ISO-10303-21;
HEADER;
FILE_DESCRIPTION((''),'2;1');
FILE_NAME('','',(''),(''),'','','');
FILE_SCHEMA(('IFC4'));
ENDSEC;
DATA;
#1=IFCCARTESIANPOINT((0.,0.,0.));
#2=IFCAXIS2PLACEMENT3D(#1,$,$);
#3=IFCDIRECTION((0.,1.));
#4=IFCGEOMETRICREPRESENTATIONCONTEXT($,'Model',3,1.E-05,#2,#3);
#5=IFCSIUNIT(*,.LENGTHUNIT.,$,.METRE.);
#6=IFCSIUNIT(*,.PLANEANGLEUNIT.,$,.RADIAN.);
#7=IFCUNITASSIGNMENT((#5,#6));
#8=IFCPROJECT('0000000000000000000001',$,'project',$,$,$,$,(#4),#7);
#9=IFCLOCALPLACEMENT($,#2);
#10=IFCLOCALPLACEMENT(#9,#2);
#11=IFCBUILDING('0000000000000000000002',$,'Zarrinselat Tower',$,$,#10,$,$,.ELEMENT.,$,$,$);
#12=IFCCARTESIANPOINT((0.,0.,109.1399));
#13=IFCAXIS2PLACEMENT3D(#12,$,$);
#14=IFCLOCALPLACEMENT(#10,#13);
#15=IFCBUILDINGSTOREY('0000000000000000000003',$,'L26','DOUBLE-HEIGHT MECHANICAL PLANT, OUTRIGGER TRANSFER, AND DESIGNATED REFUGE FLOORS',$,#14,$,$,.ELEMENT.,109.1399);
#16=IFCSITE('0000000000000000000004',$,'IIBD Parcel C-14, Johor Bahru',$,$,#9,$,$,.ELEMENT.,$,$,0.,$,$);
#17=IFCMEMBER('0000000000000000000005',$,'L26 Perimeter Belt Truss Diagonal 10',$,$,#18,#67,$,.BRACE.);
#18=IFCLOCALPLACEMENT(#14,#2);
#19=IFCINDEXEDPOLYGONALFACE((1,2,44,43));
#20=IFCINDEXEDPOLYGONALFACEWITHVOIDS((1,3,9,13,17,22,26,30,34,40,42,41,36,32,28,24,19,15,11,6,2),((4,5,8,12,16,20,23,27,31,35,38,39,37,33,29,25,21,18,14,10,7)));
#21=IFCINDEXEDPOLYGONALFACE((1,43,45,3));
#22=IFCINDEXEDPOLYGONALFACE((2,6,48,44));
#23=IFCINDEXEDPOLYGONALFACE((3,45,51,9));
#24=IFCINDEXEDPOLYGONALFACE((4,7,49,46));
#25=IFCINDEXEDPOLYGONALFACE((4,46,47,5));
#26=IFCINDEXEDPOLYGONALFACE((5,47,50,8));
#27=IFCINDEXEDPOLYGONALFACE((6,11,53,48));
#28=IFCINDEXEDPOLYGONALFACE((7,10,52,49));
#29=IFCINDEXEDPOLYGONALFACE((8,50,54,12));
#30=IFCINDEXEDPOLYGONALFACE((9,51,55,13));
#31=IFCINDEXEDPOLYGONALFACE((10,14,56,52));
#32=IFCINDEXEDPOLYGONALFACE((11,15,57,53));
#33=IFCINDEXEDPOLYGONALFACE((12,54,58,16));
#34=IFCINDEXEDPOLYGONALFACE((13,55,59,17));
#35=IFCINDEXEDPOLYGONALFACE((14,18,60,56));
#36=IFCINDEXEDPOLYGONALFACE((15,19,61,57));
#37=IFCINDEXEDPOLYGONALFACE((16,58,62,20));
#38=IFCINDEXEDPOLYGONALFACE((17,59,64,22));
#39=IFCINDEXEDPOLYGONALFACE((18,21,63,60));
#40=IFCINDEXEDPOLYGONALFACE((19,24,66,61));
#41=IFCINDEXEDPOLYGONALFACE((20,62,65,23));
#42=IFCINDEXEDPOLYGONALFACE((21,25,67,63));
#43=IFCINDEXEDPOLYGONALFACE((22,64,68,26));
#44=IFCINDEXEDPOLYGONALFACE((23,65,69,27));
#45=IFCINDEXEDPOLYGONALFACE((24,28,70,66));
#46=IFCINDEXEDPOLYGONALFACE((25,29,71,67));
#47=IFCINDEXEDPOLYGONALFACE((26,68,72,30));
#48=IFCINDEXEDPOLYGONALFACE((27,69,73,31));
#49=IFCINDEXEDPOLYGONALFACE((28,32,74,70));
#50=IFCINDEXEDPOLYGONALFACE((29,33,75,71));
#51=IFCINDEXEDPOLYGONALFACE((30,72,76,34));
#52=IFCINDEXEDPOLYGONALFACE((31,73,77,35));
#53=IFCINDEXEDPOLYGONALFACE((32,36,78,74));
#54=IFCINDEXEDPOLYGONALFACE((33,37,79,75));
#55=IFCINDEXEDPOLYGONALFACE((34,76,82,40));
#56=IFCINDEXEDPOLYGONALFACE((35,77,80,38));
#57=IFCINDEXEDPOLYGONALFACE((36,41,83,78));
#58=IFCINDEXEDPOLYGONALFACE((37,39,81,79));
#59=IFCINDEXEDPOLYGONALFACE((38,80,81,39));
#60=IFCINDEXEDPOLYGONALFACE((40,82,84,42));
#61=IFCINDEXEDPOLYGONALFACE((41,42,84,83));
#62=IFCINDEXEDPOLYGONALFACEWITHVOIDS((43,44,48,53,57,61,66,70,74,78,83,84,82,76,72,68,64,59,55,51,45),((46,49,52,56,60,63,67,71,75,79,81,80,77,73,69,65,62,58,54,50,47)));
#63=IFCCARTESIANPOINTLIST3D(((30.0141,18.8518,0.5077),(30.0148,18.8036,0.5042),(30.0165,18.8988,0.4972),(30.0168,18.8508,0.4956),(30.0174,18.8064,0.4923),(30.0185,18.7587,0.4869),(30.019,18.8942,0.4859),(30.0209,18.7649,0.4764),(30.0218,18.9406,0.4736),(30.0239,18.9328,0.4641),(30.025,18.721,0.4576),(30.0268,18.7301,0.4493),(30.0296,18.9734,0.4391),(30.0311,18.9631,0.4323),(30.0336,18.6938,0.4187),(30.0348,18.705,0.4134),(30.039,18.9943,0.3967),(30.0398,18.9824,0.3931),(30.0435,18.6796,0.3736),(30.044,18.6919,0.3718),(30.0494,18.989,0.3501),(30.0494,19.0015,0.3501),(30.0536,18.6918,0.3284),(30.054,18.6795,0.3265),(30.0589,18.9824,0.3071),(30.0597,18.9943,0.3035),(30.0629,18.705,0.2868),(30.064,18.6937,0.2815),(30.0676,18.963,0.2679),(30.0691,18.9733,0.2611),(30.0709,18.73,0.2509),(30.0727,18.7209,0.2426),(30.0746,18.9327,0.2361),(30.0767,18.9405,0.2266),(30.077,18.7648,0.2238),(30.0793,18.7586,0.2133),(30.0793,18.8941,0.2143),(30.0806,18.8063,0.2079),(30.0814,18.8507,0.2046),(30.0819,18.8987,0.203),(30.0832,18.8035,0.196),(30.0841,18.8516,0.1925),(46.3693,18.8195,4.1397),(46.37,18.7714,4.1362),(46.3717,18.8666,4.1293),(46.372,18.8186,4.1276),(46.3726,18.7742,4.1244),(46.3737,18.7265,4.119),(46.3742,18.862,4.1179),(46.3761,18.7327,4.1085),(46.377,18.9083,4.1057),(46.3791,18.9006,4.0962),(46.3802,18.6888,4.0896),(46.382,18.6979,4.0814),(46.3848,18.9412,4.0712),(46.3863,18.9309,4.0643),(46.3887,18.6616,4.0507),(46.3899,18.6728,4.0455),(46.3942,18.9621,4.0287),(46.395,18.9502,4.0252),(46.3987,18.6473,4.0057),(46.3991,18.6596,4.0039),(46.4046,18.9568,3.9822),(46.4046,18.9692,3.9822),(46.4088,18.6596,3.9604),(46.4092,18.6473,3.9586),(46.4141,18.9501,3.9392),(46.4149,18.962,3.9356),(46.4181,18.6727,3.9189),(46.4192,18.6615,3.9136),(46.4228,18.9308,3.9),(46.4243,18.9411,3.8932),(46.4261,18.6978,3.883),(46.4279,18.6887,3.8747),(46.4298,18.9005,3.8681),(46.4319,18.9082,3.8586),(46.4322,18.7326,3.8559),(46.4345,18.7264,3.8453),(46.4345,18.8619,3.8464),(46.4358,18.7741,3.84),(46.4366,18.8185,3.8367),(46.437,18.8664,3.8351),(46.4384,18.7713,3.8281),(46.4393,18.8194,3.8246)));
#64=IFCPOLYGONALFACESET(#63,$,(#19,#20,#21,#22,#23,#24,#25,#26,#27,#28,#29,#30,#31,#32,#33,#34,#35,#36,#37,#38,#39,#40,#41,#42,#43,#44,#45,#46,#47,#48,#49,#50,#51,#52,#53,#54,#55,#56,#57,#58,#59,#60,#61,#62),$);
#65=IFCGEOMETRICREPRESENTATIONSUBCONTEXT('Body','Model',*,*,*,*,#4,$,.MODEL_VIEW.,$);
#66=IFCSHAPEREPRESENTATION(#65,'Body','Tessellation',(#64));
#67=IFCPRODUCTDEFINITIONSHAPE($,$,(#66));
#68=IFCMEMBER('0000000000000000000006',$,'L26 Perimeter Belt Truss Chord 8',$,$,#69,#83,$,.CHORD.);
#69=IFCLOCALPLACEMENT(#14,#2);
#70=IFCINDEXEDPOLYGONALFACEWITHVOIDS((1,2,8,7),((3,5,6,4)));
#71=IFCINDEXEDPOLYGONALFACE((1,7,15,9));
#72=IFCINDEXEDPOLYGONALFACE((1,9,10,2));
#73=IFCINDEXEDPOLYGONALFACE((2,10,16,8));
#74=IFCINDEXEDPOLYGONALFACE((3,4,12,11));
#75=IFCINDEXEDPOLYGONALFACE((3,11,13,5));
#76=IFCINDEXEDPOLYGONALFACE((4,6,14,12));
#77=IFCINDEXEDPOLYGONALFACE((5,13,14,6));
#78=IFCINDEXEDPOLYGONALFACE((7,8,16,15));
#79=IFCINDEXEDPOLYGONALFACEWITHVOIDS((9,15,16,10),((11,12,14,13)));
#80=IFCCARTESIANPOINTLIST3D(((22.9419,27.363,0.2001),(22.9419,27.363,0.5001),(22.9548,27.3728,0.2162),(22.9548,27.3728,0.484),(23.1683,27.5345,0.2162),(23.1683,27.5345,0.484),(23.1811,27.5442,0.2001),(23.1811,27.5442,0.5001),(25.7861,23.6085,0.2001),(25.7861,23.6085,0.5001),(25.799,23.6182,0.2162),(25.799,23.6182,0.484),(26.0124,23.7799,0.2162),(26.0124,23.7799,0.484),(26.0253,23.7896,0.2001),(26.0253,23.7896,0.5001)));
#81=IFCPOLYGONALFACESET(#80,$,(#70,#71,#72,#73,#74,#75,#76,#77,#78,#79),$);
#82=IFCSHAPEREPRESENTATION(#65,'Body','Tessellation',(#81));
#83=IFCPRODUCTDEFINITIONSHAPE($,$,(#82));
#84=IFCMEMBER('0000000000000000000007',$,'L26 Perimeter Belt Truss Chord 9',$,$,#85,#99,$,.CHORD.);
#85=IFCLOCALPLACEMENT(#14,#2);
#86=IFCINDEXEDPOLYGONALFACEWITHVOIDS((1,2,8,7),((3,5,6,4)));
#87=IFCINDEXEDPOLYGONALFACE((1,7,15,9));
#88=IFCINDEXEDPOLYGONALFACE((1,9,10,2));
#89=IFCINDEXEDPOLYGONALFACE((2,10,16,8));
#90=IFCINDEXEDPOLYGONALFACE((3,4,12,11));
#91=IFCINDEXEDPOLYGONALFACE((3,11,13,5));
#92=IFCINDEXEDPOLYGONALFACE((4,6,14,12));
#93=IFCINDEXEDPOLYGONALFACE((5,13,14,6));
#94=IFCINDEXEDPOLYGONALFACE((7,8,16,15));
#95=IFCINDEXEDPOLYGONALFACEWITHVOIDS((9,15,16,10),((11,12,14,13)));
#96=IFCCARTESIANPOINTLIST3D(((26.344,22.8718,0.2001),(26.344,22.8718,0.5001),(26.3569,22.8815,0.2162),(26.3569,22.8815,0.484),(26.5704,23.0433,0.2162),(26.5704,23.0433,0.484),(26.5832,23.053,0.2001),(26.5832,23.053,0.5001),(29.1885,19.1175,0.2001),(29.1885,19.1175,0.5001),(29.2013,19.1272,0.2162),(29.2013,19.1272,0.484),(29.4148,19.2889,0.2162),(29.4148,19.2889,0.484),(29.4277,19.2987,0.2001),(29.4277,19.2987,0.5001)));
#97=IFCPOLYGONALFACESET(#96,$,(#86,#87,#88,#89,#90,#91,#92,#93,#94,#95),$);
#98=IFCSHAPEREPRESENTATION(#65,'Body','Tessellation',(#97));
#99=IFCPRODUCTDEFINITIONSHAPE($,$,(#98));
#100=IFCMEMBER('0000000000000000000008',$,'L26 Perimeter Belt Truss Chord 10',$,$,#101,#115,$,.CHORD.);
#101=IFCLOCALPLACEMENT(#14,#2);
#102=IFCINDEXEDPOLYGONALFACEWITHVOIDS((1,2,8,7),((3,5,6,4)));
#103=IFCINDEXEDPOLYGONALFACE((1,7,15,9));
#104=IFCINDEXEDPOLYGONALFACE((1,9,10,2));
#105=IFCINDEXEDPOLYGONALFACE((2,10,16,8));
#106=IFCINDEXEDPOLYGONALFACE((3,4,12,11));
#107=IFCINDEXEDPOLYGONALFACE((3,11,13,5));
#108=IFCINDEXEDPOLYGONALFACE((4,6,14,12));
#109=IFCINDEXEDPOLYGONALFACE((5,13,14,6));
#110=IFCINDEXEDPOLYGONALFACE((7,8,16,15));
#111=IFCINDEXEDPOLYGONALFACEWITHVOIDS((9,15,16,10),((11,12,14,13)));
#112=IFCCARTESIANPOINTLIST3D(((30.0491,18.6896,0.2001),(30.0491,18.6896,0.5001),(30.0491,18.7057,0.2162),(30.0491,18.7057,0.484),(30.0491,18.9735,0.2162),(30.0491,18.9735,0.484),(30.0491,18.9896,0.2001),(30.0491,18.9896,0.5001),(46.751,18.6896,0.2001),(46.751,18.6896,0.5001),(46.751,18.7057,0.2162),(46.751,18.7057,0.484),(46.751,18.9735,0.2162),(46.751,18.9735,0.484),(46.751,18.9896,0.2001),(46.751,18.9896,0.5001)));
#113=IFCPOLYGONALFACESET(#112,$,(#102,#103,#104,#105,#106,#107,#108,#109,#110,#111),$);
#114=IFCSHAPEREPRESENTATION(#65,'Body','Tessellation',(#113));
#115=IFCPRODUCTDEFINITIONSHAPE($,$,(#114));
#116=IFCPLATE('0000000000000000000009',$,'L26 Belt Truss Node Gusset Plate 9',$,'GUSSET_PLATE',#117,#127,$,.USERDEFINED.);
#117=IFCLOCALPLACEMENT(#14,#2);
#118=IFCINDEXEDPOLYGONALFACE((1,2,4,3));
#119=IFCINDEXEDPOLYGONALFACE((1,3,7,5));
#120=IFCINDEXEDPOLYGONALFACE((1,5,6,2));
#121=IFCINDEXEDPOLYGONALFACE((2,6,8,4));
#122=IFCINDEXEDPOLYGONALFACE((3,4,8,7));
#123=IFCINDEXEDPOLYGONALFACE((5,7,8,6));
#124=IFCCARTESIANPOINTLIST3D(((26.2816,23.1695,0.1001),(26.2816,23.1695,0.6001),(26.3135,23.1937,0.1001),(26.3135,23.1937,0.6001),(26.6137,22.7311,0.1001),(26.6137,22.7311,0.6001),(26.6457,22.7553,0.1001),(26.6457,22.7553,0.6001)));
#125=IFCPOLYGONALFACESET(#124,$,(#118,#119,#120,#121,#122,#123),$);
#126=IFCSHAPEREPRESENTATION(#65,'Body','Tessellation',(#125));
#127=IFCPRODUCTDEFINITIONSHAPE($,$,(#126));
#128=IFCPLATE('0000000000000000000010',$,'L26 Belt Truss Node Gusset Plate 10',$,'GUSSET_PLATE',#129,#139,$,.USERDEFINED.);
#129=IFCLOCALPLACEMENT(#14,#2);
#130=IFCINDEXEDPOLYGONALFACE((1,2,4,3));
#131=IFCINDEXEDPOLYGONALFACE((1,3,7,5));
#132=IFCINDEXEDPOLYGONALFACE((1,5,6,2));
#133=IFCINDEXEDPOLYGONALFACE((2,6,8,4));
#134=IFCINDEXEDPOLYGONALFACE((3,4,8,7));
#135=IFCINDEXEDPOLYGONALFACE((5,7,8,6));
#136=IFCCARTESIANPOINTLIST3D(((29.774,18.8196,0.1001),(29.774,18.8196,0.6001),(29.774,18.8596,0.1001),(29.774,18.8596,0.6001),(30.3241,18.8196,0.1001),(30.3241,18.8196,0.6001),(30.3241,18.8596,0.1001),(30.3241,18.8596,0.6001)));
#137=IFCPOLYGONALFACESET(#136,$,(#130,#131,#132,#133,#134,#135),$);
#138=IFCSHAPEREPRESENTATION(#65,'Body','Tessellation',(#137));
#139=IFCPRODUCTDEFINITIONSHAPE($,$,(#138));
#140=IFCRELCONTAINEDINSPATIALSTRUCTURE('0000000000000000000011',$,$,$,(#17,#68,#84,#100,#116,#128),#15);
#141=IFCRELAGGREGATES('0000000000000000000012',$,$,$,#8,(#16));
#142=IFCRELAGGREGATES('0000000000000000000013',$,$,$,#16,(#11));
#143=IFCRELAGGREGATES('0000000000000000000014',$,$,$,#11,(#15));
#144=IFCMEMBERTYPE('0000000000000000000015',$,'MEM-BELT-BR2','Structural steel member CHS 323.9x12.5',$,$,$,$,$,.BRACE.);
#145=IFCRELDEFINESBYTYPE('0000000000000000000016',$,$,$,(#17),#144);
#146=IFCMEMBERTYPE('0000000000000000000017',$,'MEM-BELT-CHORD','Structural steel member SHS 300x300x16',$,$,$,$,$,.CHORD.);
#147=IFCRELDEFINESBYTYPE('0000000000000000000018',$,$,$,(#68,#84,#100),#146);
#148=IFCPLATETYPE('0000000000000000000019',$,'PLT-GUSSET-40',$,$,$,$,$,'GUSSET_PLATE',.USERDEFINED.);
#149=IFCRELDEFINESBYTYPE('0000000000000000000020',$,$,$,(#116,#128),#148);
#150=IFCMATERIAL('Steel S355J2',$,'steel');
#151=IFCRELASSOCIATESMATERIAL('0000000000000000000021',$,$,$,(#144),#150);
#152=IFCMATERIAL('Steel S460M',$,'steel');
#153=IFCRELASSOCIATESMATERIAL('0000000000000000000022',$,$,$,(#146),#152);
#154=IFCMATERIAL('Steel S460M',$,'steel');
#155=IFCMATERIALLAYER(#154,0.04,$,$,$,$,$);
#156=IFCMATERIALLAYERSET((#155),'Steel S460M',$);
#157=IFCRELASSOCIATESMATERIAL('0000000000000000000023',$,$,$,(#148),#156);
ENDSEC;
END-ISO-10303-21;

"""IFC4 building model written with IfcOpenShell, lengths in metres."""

from ifc_helpers import new_model, si_unit, direction, frame, origin, origin_2d, place, context, subcontext, project, spatial, rectangle, hollow_rectangle, hollow_circle, extrude, material, layer, layer_set, material_profile, profile_set, type_object, element, save


model = new_model("IFC4")

# Units and contexts
model_context = context("Model", 3, precision=1e-05, world=origin(), true_north=direction((0.0, 1.0)))
body_context = subcontext(model_context, "Body", "Model", "MODEL_VIEW")
ifc_project = project(units=[si_unit("LENGTHUNIT", "METRE"), si_unit("PLANEANGLEUNIT", "RADIAN")], contexts=[model_context])

# Site, building, storey
site_placement = place(None, origin())
site = spatial("IfcSite", under=ifc_project, at=site_placement, Name="IIBD Parcel C-14, Johor Bahru", CompositionType="ELEMENT", RefElevation=0.0)
building_placement = place(site_placement, origin())
building = spatial("IfcBuilding", under=site, at=building_placement, Name="Zarrinselat Tower", CompositionType="ELEMENT")
storey_placement = place(building_placement, frame((0.0, 0.0, 109.1399)))
storey = spatial("IfcBuildingStorey", under=building, at=storey_placement, Name="L26", Description="DOUBLE-HEIGHT MECHANICAL PLANT, OUTRIGGER TRANSFER, AND DESIGNATED REFUGE FLOORS", CompositionType="ELEMENT", Elevation=109.1399)

# Members
ifc_material_1 = material(Name="Steel S355J2", Category="steel")
ifc_material_profile_1 = material_profile(ifc_material_1, hollow_circle(Radius=0.1619, WallThickness=0.0125, at=origin_2d()), Name="CHS 323.9x12.5")
ifc_profile_set_1 = profile_set([ifc_material_profile_1], Name="Steel S355J2")
member_type_1 = type_object("IfcMemberType", Name="MEM-BELT-BR2", Description="Structural steel member CHS 323.9x12.5", PredefinedType="BRACE", material=ifc_profile_set_1)
member_1_placement = place(storey_placement, frame((30.0491, 18.8396, 0.3501), z_axis=(0.976216, -0.001924, 0.216793), x_axis=(0.00197, 0.999998, 0.0)))
element("IfcMember", 1, at=member_1_placement, inside=storey, type_object=member_type_1, Name="L26 Perimeter Belt Truss Diagonal 10", PredefinedType="BRACE", context=body_context, shape_type="SweptSolid", body=[
    extrude(hollow_circle(Radius=0.1619, WallThickness=0.0125, at=origin_2d()), origin(), (0.0, 0.0, 1.0), 16.7537),
])
ifc_material_2 = material(Name="Steel S460M", Category="steel")
ifc_material_profile_2 = material_profile(ifc_material_2, hollow_rectangle(XDim=0.3, YDim=0.3, WallThickness=0.0161, at=origin_2d()), Name="SHS 300x300x16")
ifc_profile_set_2 = profile_set([ifc_material_profile_2], Name="Steel S460M")
member_type_2 = type_object("IfcMemberType", Name="MEM-BELT-CHORD", Description="Structural steel member SHS 300x300x16", PredefinedType="CHORD", material=ifc_profile_set_2)
for number, where, z_axis, x_axis, name in (
    (2, (23.0615, 27.4536, 0.3501), (0.603833, -0.797111, 0.0), (0.797111, 0.603833, 0.0), "L26 Perimeter Belt Truss Chord 8"),
    (3, (26.4636, 22.9624, 0.3501), (0.603891, -0.797067, 0.0), (0.797067, 0.603891, 0.0), "L26 Perimeter Belt Truss Chord 9"),
):
    element("IfcMember", number, at=place(storey_placement, frame(where, z_axis=z_axis, x_axis=x_axis)), inside=storey, type_object=member_type_2, Name=name, PredefinedType="CHORD", context=body_context, shape_type="SweptSolid", body=[
        extrude(hollow_rectangle(XDim=0.3, YDim=0.3, WallThickness=0.0161, at=origin_2d()), origin(), (0.0, 0.0, 1.0), 4.7102),
    ])
member_2_placement = place(storey_placement, frame((30.0491, 18.8396, 0.3501), z_axis=(1.0, 0.0, 0.0), x_axis=(0.0, 1.0, 0.0)))
element("IfcMember", 4, at=member_2_placement, inside=storey, type_object=member_type_2, Name="L26 Perimeter Belt Truss Chord 10", PredefinedType="CHORD", context=body_context, shape_type="SweptSolid", body=[
    extrude(hollow_rectangle(XDim=0.3, YDim=0.3, WallThickness=0.0161, at=origin_2d()), origin(), (0.0, 0.0, 1.0), 16.7019),
])

# Plates
ifc_material_3 = material(Name="Steel S460M", Category="steel")
ifc_layer_1 = layer(ifc_material_3, 0.04)
ifc_layer_set_1 = layer_set([ifc_layer_1], Name="Steel S460M")
plate_type = type_object("IfcPlateType", Name="PLT-GUSSET-40", ElementType="GUSSET_PLATE", PredefinedType="USERDEFINED", material=ifc_layer_set_1)
for number, where, z_axis, x_axis, name in (
    (5, (26.4636, 22.9624, 0.1001), (0.0, 0.0, 1.0), (0.603848, -0.797099, 0.0), "L26 Belt Truss Node Gusset Plate 9"),
    (6, (30.0491, 18.8396, 0.1001), (0.0, 0.0, 1.0), (1.0, 0.0, 0.0), "L26 Belt Truss Node Gusset Plate 10"),
):
    element("IfcPlate", number, at=place(storey_placement, frame(where, z_axis=z_axis, x_axis=x_axis)), inside=storey, type_object=plate_type, Name=name, ObjectType="GUSSET_PLATE", PredefinedType="USERDEFINED", context=body_context, shape_type="SweptSolid", body=[
        extrude(rectangle(XDim=0.55, YDim=0.04, at=origin_2d()), origin(), (0.0, 0.0, 1.0), 0.5),
    ])

save(model, "model.ifc")
